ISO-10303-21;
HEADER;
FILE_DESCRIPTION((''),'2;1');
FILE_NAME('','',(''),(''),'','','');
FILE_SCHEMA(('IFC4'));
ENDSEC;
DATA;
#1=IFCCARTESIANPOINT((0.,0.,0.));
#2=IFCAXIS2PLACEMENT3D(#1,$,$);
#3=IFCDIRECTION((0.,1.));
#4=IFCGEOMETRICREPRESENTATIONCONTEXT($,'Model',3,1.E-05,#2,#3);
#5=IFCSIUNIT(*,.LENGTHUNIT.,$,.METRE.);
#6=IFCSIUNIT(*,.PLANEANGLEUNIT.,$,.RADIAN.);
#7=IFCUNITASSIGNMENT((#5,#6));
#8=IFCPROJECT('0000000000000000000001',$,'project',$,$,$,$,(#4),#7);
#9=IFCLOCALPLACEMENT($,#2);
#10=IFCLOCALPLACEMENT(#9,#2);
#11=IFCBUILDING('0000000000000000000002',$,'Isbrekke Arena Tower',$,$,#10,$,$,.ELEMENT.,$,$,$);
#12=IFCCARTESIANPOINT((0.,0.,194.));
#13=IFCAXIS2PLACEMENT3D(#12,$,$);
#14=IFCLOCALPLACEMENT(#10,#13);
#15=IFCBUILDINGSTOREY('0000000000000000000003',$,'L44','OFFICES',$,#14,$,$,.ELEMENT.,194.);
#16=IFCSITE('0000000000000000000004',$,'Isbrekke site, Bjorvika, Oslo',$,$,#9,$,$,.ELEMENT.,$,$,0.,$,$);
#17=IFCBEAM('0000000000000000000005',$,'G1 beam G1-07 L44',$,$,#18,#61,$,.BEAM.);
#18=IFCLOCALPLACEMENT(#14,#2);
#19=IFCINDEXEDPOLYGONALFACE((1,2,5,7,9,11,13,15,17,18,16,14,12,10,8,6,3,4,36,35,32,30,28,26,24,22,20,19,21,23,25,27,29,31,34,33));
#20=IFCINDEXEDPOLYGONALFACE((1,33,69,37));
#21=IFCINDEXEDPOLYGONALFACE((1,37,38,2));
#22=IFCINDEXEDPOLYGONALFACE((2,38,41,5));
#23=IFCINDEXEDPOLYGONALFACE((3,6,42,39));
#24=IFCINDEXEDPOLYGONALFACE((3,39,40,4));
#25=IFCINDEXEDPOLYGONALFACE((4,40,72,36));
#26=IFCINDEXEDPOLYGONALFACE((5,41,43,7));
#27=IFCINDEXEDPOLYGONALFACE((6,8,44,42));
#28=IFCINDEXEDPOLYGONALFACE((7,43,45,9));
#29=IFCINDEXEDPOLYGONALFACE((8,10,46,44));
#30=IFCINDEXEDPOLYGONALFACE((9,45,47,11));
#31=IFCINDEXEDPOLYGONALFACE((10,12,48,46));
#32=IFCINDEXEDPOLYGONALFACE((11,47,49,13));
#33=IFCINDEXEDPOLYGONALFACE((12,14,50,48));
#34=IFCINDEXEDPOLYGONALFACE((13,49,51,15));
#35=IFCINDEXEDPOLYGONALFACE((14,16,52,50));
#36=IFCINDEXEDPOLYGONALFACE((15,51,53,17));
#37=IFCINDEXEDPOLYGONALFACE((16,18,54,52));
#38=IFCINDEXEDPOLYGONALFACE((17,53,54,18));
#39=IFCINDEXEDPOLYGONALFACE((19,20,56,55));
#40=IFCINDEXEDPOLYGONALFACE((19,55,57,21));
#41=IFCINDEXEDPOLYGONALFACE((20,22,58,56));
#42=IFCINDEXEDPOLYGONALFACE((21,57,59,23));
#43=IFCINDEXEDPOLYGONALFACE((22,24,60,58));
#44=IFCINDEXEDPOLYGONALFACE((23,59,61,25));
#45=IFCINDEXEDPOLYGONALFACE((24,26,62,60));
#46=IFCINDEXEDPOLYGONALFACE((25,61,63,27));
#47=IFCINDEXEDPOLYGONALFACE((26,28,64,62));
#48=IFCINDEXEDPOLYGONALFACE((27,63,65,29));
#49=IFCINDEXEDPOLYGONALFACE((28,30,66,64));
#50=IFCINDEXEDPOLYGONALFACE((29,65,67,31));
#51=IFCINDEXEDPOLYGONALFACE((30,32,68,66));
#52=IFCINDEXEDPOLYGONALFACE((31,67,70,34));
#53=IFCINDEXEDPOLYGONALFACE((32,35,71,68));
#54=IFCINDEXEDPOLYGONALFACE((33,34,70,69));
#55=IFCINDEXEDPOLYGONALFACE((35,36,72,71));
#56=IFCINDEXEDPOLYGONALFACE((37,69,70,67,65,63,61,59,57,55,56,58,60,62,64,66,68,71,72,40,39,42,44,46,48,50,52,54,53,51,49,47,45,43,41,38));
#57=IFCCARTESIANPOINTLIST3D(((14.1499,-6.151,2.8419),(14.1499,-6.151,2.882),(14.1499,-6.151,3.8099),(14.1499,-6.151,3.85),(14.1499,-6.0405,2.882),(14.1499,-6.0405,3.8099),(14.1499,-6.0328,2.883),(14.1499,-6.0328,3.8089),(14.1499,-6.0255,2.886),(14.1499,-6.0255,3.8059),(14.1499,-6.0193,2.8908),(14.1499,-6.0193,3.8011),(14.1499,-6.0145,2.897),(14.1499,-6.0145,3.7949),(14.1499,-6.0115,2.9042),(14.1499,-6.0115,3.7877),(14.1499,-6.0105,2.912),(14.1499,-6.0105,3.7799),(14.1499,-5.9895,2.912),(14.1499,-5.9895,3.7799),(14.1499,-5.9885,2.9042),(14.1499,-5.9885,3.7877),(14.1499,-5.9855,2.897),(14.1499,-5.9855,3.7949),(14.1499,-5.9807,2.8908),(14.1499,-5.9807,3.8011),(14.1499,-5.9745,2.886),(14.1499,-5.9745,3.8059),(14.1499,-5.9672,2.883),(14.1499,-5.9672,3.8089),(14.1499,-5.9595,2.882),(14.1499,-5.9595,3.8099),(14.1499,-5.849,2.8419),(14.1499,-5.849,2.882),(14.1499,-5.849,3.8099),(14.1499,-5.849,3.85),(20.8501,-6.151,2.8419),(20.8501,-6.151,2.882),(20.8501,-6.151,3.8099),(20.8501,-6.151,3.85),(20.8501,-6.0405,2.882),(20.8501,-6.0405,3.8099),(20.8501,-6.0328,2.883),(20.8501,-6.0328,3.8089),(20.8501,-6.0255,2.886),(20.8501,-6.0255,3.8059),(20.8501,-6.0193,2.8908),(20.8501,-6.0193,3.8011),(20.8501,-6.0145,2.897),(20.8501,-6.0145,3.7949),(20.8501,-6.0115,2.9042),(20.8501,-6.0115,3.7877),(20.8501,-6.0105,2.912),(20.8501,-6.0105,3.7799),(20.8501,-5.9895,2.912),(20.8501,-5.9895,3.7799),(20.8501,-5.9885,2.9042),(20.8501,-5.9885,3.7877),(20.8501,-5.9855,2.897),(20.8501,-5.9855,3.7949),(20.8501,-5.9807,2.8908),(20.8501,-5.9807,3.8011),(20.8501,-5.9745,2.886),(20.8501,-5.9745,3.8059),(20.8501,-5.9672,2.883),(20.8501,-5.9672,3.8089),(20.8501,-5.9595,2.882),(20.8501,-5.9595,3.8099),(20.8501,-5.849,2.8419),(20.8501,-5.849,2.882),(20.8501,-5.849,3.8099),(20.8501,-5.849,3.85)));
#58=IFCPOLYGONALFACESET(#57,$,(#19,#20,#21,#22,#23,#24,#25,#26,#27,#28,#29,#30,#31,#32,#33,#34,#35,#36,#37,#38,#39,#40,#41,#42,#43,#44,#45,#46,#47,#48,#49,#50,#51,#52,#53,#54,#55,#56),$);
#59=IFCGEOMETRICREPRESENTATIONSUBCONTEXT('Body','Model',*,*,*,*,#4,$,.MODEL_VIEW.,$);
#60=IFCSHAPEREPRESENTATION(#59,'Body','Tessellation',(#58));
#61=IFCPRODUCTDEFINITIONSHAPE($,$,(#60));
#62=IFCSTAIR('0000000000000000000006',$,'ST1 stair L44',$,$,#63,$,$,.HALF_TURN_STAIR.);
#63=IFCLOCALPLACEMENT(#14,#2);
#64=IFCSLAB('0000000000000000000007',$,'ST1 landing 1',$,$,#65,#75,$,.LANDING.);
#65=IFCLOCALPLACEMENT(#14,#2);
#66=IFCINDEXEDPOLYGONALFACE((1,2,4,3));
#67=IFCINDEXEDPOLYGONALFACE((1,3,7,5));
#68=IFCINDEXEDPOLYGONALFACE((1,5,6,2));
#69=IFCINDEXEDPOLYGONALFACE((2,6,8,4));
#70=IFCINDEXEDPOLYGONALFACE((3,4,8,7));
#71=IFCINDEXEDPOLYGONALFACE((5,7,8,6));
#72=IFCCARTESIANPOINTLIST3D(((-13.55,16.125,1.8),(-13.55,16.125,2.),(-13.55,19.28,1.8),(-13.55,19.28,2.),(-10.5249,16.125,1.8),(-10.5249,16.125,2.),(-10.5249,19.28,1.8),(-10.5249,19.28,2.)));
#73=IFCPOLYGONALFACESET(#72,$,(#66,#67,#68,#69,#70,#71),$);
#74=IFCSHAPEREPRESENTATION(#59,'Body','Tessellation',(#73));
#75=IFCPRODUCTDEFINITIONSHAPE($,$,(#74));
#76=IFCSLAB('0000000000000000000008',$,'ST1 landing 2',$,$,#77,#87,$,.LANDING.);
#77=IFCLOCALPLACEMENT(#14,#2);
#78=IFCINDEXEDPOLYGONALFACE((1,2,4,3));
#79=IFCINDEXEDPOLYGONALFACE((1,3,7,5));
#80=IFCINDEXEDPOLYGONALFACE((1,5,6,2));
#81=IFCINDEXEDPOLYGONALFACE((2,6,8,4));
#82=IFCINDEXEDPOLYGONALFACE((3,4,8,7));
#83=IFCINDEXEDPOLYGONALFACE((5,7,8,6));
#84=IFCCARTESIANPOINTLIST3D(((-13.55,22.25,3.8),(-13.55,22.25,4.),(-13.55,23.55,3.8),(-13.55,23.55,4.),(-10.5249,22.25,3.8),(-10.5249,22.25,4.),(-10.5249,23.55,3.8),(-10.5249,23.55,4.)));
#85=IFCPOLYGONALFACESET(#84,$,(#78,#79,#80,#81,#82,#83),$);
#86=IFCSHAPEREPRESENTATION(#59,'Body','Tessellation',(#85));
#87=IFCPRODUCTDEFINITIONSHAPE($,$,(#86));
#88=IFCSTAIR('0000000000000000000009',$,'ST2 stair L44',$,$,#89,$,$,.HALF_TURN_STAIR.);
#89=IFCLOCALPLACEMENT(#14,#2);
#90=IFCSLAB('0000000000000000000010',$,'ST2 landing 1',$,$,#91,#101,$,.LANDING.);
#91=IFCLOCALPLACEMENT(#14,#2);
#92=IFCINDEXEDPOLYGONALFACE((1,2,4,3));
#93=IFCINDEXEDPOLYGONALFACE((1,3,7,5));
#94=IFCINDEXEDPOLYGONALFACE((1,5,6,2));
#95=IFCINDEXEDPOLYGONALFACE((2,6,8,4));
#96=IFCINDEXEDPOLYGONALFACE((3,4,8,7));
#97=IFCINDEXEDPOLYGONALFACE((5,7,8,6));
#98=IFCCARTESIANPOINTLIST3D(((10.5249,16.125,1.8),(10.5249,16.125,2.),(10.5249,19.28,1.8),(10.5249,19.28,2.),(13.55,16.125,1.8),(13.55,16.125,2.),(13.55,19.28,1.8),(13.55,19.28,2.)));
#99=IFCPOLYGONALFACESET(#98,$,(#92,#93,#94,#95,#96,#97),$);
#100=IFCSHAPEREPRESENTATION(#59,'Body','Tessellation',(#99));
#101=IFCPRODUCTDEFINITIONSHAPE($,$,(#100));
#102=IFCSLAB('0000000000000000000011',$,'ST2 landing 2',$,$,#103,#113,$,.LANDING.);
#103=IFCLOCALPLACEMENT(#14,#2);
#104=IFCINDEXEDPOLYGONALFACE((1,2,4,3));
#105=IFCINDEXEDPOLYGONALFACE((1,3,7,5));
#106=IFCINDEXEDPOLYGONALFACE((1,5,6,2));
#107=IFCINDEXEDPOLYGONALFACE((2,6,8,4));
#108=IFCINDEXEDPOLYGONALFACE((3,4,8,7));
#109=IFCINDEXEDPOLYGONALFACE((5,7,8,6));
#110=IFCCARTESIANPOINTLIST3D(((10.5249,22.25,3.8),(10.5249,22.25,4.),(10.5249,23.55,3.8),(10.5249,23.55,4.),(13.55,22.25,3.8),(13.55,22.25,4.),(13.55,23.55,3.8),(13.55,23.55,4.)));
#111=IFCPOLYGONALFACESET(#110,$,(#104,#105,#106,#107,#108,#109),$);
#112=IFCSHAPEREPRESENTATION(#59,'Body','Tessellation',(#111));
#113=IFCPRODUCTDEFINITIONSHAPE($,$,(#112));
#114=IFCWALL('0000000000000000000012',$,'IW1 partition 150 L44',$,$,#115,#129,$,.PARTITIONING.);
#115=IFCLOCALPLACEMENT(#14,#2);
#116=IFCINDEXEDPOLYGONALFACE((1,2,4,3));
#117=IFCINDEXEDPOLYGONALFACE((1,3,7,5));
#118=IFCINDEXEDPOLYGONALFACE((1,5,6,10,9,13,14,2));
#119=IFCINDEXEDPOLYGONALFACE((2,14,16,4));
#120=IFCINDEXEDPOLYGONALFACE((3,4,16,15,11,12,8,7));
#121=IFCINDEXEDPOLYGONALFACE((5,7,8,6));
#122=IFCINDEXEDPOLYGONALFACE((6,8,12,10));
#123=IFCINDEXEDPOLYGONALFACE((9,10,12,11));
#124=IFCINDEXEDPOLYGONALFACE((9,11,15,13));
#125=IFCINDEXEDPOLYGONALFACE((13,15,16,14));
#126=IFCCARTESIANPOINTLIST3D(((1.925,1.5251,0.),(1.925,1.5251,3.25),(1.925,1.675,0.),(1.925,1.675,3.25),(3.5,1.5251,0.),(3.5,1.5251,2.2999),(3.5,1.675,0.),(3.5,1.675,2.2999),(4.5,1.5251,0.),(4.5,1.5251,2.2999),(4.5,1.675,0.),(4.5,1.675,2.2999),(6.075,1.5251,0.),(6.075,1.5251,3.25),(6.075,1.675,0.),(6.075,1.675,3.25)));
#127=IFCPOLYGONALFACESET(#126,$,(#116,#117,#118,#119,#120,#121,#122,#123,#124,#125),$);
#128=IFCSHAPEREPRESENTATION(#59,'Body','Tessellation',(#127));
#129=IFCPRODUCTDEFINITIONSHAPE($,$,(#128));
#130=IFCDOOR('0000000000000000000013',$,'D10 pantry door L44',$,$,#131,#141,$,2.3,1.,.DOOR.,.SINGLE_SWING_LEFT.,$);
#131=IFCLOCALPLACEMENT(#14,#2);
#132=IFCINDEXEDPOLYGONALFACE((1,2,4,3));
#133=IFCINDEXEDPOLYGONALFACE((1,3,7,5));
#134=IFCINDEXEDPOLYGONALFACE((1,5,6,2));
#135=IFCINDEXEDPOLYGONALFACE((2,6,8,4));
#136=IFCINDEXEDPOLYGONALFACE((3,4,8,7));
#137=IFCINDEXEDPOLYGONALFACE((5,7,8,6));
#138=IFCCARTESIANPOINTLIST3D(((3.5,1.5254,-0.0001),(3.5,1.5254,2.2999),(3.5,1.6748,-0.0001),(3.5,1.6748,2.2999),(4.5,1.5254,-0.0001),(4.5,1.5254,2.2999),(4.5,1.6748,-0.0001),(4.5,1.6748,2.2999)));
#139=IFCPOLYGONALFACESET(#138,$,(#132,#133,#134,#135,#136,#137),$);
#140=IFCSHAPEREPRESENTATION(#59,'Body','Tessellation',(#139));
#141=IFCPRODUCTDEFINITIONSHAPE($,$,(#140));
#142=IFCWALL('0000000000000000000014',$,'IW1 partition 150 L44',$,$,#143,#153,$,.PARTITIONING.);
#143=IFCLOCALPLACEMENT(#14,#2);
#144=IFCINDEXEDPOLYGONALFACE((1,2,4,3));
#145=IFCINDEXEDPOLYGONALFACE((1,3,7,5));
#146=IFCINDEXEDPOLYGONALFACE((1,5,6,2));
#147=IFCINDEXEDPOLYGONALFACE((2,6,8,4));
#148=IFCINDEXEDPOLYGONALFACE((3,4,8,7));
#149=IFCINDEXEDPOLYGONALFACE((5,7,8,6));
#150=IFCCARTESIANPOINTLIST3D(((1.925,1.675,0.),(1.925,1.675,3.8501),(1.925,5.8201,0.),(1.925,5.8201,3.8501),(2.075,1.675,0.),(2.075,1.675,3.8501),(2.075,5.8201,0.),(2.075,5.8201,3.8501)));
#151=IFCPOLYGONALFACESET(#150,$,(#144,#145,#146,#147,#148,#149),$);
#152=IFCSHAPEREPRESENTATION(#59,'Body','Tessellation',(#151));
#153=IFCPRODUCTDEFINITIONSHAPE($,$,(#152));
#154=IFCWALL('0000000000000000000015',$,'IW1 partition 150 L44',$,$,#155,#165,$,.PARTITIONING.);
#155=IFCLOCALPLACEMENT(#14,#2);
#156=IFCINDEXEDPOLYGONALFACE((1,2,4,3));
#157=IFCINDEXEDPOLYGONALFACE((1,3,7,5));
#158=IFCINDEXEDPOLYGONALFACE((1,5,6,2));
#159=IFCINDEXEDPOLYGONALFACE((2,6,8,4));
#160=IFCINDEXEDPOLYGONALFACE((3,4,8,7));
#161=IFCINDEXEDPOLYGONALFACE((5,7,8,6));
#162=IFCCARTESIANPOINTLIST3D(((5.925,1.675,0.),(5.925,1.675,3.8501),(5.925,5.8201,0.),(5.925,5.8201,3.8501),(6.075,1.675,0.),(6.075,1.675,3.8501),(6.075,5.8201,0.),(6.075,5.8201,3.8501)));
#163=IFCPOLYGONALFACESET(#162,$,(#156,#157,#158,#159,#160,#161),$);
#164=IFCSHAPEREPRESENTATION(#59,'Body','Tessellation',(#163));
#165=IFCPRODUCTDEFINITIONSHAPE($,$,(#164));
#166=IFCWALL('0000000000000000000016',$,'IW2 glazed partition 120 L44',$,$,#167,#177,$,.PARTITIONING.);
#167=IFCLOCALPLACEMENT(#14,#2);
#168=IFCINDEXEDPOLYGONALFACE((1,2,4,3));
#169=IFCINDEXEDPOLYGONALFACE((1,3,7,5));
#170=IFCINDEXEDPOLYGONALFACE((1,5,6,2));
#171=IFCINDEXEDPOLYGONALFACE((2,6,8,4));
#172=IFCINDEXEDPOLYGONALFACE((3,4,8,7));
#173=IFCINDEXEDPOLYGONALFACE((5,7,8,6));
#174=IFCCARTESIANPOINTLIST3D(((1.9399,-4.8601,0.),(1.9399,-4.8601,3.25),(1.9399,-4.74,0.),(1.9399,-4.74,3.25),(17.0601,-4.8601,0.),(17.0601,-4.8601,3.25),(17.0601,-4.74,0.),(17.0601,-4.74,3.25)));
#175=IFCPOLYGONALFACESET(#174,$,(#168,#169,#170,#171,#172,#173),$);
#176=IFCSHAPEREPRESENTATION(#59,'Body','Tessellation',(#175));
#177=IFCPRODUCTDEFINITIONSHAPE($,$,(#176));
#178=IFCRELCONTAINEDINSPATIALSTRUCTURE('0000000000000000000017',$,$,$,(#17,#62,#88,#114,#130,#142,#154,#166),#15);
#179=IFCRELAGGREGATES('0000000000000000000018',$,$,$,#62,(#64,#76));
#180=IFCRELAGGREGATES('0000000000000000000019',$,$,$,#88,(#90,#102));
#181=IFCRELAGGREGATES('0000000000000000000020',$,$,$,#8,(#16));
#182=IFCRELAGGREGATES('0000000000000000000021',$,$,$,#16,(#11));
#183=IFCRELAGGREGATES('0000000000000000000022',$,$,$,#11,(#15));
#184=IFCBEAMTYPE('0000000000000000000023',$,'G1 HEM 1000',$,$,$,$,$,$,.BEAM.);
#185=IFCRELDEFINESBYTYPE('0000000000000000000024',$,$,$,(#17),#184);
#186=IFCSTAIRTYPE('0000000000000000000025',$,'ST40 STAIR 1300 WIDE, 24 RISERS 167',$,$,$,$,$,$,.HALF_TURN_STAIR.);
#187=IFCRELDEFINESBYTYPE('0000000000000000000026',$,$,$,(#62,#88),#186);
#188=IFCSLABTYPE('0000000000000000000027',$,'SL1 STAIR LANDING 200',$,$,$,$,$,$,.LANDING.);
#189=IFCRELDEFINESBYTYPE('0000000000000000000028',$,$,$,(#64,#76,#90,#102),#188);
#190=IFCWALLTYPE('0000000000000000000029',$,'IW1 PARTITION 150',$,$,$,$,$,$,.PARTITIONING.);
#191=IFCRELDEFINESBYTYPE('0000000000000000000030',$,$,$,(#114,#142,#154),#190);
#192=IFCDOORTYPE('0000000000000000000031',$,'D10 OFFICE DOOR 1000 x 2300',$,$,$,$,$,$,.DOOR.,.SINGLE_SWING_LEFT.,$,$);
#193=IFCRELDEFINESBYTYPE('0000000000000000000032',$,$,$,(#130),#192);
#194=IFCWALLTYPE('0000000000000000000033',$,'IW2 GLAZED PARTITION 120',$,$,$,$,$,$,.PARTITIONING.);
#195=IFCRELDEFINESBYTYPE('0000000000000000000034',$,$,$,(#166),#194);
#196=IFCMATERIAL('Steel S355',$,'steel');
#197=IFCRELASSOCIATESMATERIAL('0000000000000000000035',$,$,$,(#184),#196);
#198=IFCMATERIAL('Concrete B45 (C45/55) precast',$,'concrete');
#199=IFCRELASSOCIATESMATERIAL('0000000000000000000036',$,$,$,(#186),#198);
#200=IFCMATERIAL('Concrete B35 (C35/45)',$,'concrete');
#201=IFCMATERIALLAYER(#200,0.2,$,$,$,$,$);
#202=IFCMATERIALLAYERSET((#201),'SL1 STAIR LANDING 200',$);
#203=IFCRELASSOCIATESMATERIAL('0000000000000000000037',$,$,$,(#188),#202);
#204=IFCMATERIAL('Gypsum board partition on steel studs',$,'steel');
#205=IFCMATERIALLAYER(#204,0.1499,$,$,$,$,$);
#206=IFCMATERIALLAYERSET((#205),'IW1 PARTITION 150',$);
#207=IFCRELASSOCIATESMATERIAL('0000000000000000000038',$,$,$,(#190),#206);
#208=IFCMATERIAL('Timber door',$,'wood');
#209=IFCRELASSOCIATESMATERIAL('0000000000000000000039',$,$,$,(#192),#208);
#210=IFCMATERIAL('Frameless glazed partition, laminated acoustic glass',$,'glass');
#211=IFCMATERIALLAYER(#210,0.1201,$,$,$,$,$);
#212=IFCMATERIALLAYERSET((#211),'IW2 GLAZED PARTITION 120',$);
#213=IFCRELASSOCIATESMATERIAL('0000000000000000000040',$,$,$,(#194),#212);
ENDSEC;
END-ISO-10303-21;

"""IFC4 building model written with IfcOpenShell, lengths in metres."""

from ifc_helpers import new_model, si_unit, direction, frame, frame_2d, origin, origin_2d, place, context, subcontext, project, spatial, polyline, rectangle, i_section, outline, extrude, material, layer, layer_set, material_profile, profile_set, type_object, element, fill, aggregate, save


model = new_model("IFC4")

# Units and contexts
model_context = context("Model", 3, precision=1e-05, world=origin(), true_north=direction((0.0, 1.0)))
body_context = subcontext(model_context, "Body", "Model", "MODEL_VIEW")
ifc_project = project(units=[si_unit("LENGTHUNIT", "METRE"), si_unit("PLANEANGLEUNIT", "RADIAN")], contexts=[model_context])

# Site, building, storey
site_placement = place(None, origin())
site = spatial("IfcSite", under=ifc_project, at=site_placement, Name="Isbrekke site, Bjorvika, Oslo", CompositionType="ELEMENT", RefElevation=0.0)
building_placement = place(site_placement, origin())
building = spatial("IfcBuilding", under=site, at=building_placement, Name="Isbrekke Arena Tower", CompositionType="ELEMENT")
storey_placement = place(building_placement, frame((0.0, 0.0, 194.0)))
storey = spatial("IfcBuildingStorey", under=building, at=storey_placement, Name="L44", Description="OFFICES", CompositionType="ELEMENT", Elevation=194.0)

# Beam
ifc_material_1 = material(Name="Steel S355", Category="steel")
ifc_material_profile_1 = material_profile(ifc_material_1, i_section(OverallWidth=0.302, OverallDepth=1.0081, WebThickness=0.021, FlangeThickness=0.04, FilletRadius=0.03, at=origin_2d()), Name="HEM 1000")
ifc_profile_set_1 = profile_set([ifc_material_profile_1], Name="Steel S355")
beam_type_1 = type_object("IfcBeamType", Name="G1 HEM 1000", PredefinedType="BEAM", material=ifc_profile_set_1)
for number, where, z_axis, x_axis, name in (
    (1, (14.1499, -6.0, 3.3459), (1.0, 0.0, 0.0), (0.0, 1.0, 0.0), "G1 beam G1-07 L44"),
):
    element("IfcBeam", number, at=place(storey_placement, frame(where, z_axis=z_axis, x_axis=x_axis)), inside=storey, type_object=beam_type_1, Name=name, PredefinedType="BEAM", context=body_context, shape_type="SweptSolid", body=[
        extrude(i_section(OverallWidth=0.302, OverallDepth=1.0081, WebThickness=0.021, FlangeThickness=0.04, FilletRadius=0.03, at=origin_2d()), origin(), (0.0, 0.0, 1.0), 6.7002),
    ])

# Stairs, slabs
ifc_material_2 = material(Name="Concrete B45 (C45/55) precast", Category="concrete")
stair_type = type_object("IfcStairType", Name="ST40 STAIR 1300 WIDE, 24 RISERS 167", PredefinedType="HALF_TURN_STAIR", material=ifc_material_2)
stair_1_placement = place(storey_placement, origin())
stair_1 = element("IfcStair", 2, at=stair_1_placement, inside=storey, type_object=stair_type, Name="ST1 stair L44", PredefinedType="HALF_TURN_STAIR")
ifc_material_3 = material(Name="Concrete B35 (C35/45)", Category="concrete")
ifc_layer_1 = layer(ifc_material_3, 0.2)
ifc_layer_set_1 = layer_set([ifc_layer_1], Name="SL1 STAIR LANDING 200")
slab_type = type_object("IfcSlabType", Name="SL1 STAIR LANDING 200", PredefinedType="LANDING", material=ifc_layer_set_1)
slab_1_placement = place(storey_placement, frame((0.0, 0.0, 1.8)))
slab_1 = element("IfcSlab", 3, at=slab_1_placement, type_object=slab_type, Name="ST1 landing 1", PredefinedType="LANDING", context=body_context, shape_type="SweptSolid", body=[
    extrude(outline(polyline([(-13.55, 16.125), (-10.5249, 16.125), (-10.5249, 19.28), (-13.55, 19.28), (-13.55, 16.125)])), origin(), (0.0, 0.0, 1.0), 0.2),
])
slab_2_placement = place(storey_placement, frame((0.0, 0.0, 3.8)))
slab_2 = element("IfcSlab", 4, at=slab_2_placement, type_object=slab_type, Name="ST1 landing 2", PredefinedType="LANDING", context=body_context, shape_type="SweptSolid", body=[
    extrude(outline(polyline([(-13.55, 22.25), (-10.5249, 22.25), (-10.5249, 23.55), (-13.55, 23.55), (-13.55, 22.25)])), origin(), (0.0, 0.0, 1.0), 0.2),
])
aggregate(stair_1, [slab_1, slab_2])
stair_2_placement = place(storey_placement, origin())
stair_2 = element("IfcStair", 5, at=stair_2_placement, inside=storey, type_object=stair_type, Name="ST2 stair L44", PredefinedType="HALF_TURN_STAIR")
slab_3_placement = place(storey_placement, frame((0.0, 0.0, 1.8)))
slab_3 = element("IfcSlab", 6, at=slab_3_placement, type_object=slab_type, Name="ST2 landing 1", PredefinedType="LANDING", context=body_context, shape_type="SweptSolid", body=[
    extrude(outline(polyline([(10.5249, 16.125), (13.55, 16.125), (13.55, 19.28), (10.5249, 19.28), (10.5249, 16.125)])), origin(), (0.0, 0.0, 1.0), 0.2),
])
slab_4_placement = place(storey_placement, frame((0.0, 0.0, 3.8)))
slab_4 = element("IfcSlab", 7, at=slab_4_placement, type_object=slab_type, Name="ST2 landing 2", PredefinedType="LANDING", context=body_context, shape_type="SweptSolid", body=[
    extrude(outline(polyline([(10.5249, 22.25), (13.55, 22.25), (13.55, 23.55), (10.5249, 23.55), (10.5249, 22.25)])), origin(), (0.0, 0.0, 1.0), 0.2),
])
aggregate(stair_2, [slab_3, slab_4])

# Wall, opening, door
ifc_material_4 = material(Name="Gypsum board partition on steel studs", Category="steel")
ifc_layer_2 = layer(ifc_material_4, 0.1499)
ifc_layer_set_2 = layer_set([ifc_layer_2], Name="IW1 PARTITION 150")
wall_type_1 = type_object("IfcWallType", Name="IW1 PARTITION 150", PredefinedType="PARTITIONING", material=ifc_layer_set_2)
wall_1_placement = place(storey_placement, frame((1.925, 1.6001, 0.0), z_axis=(0.0, 0.0, 1.0), x_axis=(1.0, 0.0, 0.0)))
wall_1 = element("IfcWall", 8, at=wall_1_placement, inside=storey, type_object=wall_type_1, Name="IW1 partition 150 L44", PredefinedType="PARTITIONING", context=body_context, shape_type="SweptSolid", body=[
    extrude(rectangle(XDim=4.1499, YDim=0.1499, at=frame_2d((2.075, 0.0))), origin(), (0.0, 0.0, 1.0), 3.25),
])
opening_1_placement = place(wall_1_placement, frame((1.575, 0.0, 0.0)))
opening_1 = element("IfcOpeningElement", 9, at=opening_1_placement, cuts=wall_1, PredefinedType="OPENING", context=body_context, shape_type="SweptSolid", body=[
    extrude(rectangle(XDim=1.0, YDim=2.3, at=frame_2d((0.5, 1.1499))), frame((0.0, 0.0898, 0.0), z_axis=(0.0, -1.0, 0.0), x_axis=(1.0, 0.0, 0.0)), (0.0, 0.0, 1.0), 0.1797),
])
ifc_material_5 = material(Name="Timber door", Category="wood")
door_type_1 = type_object("IfcDoorType", Name="D10 OFFICE DOOR 1000 x 2300", OperationType="SINGLE_SWING_LEFT", PredefinedType="DOOR", material=ifc_material_5)
door_1_placement = place(opening_1_placement, origin())
door_1 = element("IfcDoor", 10, at=door_1_placement, inside=storey, type_object=door_type_1, Name="D10 pantry door L44", OperationType="SINGLE_SWING_LEFT", OverallHeight=2.3, OverallWidth=1.0, PredefinedType="DOOR", context=body_context, shape_type="SweptSolid", body=[
    extrude(rectangle(XDim=1.0, YDim=2.3, at=frame_2d((0.5, 1.1499))), frame((0.0, 0.0747, 0.0), z_axis=(0.0, -1.0, 0.0), x_axis=(1.0, 0.0, 0.0)), (0.0, 0.0, 1.0), 0.1494),
])
fill(opening_1, door_1)

# Walls
for number, where, z_axis, x_axis, name in (
    (11, (2.0, 1.675, 0.0), (0.0, 0.0, 1.0), (0.0, 1.0, 0.0), "IW1 partition 150 L44"),
    (12, (6.0, 1.675, 0.0), (0.0, 0.0, 1.0), (0.0, 1.0, 0.0), "IW1 partition 150 L44"),
):
    element("IfcWall", number, at=place(storey_placement, frame(where, z_axis=z_axis, x_axis=x_axis)), inside=storey, type_object=wall_type_1, Name=name, PredefinedType="PARTITIONING", context=body_context, shape_type="SweptSolid", body=[
        extrude(rectangle(XDim=4.145, YDim=0.1499, at=frame_2d((2.0725, 0.0))), origin(), (0.0, 0.0, 1.0), 3.8501),
    ])
ifc_material_6 = material(Name="Frameless glazed partition, laminated acoustic glass", Category="glass")
ifc_layer_3 = layer(ifc_material_6, 0.1201)
ifc_layer_set_3 = layer_set([ifc_layer_3], Name="IW2 GLAZED PARTITION 120")
wall_type_2 = type_object("IfcWallType", Name="IW2 GLAZED PARTITION 120", PredefinedType="PARTITIONING", material=ifc_layer_set_3)
wall_2_placement = place(storey_placement, frame((1.9399, -4.8, 0.0), z_axis=(0.0, 0.0, 1.0), x_axis=(1.0, 0.0, 0.0)))
element("IfcWall", 13, at=wall_2_placement, inside=storey, type_object=wall_type_2, Name="IW2 glazed partition 120 L44", PredefinedType="PARTITIONING", context=body_context, shape_type="SweptSolid", body=[
    extrude(rectangle(XDim=15.1201, YDim=0.1201, at=frame_2d((7.5601, 0.0))), origin(), (0.0, 0.0, 1.0), 3.25),
])

save(model, "model.ifc")
